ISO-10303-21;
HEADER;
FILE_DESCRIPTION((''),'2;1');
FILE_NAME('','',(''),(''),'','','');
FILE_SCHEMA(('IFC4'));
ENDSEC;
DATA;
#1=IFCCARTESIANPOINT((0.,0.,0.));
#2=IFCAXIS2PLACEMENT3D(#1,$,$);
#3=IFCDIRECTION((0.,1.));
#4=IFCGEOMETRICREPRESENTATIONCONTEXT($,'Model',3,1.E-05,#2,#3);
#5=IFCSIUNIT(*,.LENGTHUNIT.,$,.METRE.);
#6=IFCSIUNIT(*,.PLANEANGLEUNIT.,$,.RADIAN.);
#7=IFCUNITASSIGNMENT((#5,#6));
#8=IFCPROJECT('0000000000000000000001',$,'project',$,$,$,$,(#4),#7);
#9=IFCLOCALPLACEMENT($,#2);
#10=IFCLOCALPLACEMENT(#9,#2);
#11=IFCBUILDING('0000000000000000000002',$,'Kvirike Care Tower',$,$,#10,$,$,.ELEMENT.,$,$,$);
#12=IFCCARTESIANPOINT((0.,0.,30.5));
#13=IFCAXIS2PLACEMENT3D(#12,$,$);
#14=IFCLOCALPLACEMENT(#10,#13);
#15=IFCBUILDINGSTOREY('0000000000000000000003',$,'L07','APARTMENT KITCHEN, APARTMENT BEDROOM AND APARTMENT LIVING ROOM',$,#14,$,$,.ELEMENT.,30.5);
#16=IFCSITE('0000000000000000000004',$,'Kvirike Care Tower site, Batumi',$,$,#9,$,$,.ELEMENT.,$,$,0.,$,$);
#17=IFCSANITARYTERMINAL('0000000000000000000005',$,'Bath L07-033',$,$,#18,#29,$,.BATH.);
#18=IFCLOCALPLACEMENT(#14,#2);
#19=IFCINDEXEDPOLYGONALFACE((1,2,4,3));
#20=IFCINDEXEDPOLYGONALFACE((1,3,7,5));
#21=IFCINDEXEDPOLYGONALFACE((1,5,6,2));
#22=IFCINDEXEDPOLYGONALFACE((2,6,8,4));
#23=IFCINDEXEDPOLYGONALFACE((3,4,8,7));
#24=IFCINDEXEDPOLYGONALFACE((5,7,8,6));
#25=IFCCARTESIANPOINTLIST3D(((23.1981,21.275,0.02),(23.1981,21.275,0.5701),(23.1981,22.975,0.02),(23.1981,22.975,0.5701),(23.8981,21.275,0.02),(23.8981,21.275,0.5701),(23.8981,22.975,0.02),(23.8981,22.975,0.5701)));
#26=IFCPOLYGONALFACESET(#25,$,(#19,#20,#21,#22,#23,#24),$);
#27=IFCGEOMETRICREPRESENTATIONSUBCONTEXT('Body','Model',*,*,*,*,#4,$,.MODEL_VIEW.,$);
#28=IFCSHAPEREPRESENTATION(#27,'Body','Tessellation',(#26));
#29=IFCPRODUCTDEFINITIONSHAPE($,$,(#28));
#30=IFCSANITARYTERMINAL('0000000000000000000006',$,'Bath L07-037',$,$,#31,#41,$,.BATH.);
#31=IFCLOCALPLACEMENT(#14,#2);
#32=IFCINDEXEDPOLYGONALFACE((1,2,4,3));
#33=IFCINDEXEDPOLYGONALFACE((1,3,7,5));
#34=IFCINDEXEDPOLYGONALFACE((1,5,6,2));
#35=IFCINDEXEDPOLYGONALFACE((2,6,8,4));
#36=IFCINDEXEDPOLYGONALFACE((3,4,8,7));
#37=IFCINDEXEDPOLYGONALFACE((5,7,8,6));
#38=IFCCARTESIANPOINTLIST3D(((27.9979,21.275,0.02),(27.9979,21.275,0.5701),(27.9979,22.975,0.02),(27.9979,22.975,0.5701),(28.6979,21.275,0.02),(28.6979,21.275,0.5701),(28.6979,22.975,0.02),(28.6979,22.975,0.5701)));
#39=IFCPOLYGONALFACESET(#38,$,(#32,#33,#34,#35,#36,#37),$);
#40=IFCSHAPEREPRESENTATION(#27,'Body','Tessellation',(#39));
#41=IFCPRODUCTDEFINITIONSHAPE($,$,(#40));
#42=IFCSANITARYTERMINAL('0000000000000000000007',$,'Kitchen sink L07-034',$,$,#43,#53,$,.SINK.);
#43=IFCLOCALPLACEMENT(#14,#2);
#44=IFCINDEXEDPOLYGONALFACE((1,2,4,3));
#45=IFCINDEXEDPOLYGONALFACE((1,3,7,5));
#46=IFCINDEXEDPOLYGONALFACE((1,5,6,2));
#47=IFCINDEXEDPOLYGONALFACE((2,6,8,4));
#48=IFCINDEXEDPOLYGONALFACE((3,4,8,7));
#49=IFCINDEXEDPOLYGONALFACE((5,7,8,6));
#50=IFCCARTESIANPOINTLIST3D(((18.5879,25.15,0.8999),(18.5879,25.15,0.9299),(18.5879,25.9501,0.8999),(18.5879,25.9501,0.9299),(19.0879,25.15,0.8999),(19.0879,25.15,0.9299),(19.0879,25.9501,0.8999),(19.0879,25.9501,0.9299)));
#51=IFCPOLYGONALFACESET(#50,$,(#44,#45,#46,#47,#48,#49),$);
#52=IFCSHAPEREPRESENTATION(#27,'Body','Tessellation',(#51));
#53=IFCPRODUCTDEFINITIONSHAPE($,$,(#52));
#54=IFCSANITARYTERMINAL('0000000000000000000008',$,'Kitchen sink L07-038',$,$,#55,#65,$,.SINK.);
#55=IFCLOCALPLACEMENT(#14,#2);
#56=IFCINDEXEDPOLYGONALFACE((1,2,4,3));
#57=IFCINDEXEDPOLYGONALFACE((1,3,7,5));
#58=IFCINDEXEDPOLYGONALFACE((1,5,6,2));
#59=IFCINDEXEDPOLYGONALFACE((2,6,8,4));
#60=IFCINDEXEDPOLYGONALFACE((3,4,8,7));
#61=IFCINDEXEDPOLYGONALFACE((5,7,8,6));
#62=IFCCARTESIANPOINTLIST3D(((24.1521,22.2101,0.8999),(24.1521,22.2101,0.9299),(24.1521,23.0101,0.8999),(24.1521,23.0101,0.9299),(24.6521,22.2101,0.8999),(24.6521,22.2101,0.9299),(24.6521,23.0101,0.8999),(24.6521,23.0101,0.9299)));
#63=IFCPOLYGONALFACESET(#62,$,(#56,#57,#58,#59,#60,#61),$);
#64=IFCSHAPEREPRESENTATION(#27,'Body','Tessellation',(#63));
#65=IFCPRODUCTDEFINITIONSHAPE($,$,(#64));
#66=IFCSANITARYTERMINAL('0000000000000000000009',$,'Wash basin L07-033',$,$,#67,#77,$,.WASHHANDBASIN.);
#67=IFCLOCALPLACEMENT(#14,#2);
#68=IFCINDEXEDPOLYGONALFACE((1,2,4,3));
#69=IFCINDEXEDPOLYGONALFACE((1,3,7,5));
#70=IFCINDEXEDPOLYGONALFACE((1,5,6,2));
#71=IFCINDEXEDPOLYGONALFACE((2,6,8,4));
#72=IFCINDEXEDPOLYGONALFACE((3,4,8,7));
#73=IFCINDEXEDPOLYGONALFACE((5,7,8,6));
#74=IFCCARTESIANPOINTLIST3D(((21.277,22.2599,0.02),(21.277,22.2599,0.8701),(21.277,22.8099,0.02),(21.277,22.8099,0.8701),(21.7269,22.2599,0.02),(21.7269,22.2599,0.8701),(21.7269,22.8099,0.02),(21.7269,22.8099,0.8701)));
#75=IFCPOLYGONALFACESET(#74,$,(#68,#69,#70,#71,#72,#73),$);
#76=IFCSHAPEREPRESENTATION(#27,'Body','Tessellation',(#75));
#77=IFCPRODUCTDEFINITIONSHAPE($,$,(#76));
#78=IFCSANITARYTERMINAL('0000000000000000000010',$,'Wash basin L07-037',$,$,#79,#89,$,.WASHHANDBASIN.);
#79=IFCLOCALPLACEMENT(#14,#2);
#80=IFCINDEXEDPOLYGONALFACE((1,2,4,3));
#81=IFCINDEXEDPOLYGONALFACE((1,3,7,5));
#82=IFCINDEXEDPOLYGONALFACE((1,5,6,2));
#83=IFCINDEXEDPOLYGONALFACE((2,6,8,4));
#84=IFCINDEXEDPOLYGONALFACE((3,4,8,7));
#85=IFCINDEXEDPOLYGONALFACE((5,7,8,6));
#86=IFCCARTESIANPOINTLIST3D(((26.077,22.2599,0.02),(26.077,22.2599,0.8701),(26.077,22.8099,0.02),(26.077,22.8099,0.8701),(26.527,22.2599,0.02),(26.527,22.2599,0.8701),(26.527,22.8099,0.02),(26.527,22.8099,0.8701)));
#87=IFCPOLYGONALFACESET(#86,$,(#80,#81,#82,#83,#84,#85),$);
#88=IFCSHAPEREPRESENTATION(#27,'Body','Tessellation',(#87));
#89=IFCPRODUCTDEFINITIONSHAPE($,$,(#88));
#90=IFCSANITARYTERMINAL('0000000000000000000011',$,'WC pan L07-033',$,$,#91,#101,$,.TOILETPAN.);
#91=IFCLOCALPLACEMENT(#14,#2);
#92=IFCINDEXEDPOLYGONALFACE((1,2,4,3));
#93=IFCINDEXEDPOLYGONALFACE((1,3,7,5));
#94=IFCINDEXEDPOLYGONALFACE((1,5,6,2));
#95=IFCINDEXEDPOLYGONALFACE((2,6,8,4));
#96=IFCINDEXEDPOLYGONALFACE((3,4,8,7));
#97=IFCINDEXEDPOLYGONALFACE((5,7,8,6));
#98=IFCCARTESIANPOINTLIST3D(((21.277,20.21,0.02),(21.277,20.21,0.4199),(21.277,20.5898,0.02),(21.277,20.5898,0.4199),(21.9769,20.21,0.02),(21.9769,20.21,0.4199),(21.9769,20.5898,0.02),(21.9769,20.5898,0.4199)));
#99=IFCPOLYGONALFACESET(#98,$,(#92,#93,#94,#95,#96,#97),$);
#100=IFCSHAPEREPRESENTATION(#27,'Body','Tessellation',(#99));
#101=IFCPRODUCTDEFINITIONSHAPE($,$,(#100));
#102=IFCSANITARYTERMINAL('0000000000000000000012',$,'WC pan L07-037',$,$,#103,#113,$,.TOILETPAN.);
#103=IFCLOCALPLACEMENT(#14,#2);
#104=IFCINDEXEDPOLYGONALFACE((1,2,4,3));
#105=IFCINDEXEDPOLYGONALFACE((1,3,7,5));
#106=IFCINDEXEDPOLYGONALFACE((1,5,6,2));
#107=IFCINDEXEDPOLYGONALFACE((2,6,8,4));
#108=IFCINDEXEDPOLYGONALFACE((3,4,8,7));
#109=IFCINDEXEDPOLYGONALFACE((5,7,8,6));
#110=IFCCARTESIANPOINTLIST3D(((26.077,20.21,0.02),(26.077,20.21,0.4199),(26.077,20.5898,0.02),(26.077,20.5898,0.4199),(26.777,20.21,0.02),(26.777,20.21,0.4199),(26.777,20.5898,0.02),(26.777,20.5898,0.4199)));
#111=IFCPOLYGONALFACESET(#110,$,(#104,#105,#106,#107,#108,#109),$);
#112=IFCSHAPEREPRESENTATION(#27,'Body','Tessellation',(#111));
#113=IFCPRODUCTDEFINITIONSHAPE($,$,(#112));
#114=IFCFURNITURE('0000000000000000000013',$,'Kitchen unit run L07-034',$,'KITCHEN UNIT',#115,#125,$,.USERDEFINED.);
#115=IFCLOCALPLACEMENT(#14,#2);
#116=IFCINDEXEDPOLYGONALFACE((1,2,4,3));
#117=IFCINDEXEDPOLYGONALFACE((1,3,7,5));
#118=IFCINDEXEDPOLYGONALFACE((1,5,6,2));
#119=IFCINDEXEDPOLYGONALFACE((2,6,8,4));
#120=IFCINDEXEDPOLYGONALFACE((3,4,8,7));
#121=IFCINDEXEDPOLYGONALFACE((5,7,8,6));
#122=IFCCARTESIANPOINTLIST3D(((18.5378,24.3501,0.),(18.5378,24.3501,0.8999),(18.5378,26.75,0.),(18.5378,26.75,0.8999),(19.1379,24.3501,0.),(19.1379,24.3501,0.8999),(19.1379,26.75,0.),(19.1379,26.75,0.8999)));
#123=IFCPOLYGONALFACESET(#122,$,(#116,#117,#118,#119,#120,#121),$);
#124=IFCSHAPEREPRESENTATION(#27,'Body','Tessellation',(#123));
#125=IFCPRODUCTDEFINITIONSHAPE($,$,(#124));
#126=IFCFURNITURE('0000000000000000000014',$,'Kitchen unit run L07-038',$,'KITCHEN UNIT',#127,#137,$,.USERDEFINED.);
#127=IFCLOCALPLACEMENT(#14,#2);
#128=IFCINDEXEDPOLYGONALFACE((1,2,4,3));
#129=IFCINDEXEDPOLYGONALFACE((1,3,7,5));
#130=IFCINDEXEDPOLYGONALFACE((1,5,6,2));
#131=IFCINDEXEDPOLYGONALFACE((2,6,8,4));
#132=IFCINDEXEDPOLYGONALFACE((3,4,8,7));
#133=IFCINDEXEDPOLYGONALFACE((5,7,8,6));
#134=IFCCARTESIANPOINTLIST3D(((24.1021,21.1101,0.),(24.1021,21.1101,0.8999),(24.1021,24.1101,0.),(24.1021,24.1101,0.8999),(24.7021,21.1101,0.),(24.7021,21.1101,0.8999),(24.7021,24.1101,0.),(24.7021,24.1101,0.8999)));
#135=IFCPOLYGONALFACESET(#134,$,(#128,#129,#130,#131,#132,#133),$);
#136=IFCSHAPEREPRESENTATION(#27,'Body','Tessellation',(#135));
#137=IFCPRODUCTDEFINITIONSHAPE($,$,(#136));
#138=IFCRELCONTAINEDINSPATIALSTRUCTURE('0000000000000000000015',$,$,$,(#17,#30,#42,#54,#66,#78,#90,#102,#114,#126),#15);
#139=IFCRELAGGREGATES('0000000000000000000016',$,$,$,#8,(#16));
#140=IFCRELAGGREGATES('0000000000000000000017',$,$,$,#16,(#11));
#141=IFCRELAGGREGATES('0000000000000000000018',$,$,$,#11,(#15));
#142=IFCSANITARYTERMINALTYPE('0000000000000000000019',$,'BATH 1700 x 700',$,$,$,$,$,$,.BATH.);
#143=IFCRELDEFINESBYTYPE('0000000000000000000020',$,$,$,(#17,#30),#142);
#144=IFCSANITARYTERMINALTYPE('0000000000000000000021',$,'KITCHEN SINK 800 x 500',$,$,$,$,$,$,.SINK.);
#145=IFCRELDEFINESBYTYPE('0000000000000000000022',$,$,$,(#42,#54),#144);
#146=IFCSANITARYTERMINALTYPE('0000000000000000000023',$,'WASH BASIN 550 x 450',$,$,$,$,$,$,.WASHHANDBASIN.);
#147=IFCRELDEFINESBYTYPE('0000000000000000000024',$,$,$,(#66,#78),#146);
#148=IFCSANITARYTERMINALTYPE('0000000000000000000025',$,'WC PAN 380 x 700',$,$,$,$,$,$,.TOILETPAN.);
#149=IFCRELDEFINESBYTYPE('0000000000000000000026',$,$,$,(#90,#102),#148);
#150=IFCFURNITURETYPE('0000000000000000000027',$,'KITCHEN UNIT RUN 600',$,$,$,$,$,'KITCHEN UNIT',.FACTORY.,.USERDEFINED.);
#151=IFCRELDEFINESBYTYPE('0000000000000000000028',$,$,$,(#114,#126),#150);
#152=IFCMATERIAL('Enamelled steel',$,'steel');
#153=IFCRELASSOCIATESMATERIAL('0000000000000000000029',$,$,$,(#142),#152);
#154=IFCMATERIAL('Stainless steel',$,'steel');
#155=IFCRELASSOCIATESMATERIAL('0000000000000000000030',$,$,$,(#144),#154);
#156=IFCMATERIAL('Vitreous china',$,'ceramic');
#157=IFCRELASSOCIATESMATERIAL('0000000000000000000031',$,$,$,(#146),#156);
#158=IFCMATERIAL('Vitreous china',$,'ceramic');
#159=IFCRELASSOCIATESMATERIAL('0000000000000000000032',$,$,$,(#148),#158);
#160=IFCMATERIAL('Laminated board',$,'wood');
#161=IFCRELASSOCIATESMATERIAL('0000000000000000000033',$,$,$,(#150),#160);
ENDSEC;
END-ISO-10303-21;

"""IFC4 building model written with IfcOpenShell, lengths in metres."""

from ifc_helpers import new_model, si_unit, direction, frame, origin, origin_2d, place, context, subcontext, project, spatial, rectangle, extrude, material, type_object, element, save


model = new_model("IFC4")

# Units and contexts
model_context = context("Model", 3, precision=1e-05, world=origin(), true_north=direction((0.0, 1.0)))
body_context = subcontext(model_context, "Body", "Model", "MODEL_VIEW")
ifc_project = project(units=[si_unit("LENGTHUNIT", "METRE"), si_unit("PLANEANGLEUNIT", "RADIAN")], contexts=[model_context])

# Site, building, storey
site_placement = place(None, origin())
site = spatial("IfcSite", under=ifc_project, at=site_placement, Name="Kvirike Care Tower site, Batumi", CompositionType="ELEMENT", RefElevation=0.0)
building_placement = place(site_placement, origin())
building = spatial("IfcBuilding", under=site, at=building_placement, Name="Kvirike Care Tower", CompositionType="ELEMENT")
storey_placement = place(building_placement, frame((0.0, 0.0, 30.5)))
storey = spatial("IfcBuildingStorey", under=building, at=storey_placement, Name="L07", Description="APARTMENT KITCHEN, APARTMENT BEDROOM AND APARTMENT LIVING ROOM", CompositionType="ELEMENT", Elevation=30.5)

# Sanitary terminals
ifc_material_1 = material(Name="Enamelled steel", Category="steel")
sanitary_terminal_type_1 = type_object("IfcSanitaryTerminalType", Name="BATH 1700 x 700", PredefinedType="BATH", material=ifc_material_1)
for number, where, z_axis, x_axis, name in (
    (1, (23.5481, 22.125, 0.02), (0.0, 0.0, 1.0), (0.0, -1.0, 0.0), "Bath L07-033"),
    (2, (28.3479, 22.125, 0.02), (0.0, 0.0, 1.0), (0.0, -1.0, 0.0), "Bath L07-037"),
):
    element("IfcSanitaryTerminal", number, at=place(storey_placement, frame(where, z_axis=z_axis, x_axis=x_axis)), inside=storey, type_object=sanitary_terminal_type_1, Name=name, PredefinedType="BATH", context=body_context, shape_type="SweptSolid", body=[
        extrude(rectangle(XDim=1.7, YDim=0.7, at=origin_2d()), origin(), (0.0, 0.0, 1.0), 0.55),
    ])
ifc_material_2 = material(Name="Stainless steel", Category="steel")
sanitary_terminal_type_2 = type_object("IfcSanitaryTerminalType", Name="KITCHEN SINK 800 x 500", PredefinedType="SINK", material=ifc_material_2)
for number, where, z_axis, x_axis, name in (
    (3, (18.8379, 25.55, 0.8999), (0.0, 0.0, 1.0), (0.0, -1.0, 0.0), "Kitchen sink L07-034"),
    (4, (24.4021, 22.6101, 0.8999), (0.0, 0.0, 1.0), (0.0, 1.0, 0.0), "Kitchen sink L07-038"),
):
    element("IfcSanitaryTerminal", number, at=place(storey_placement, frame(where, z_axis=z_axis, x_axis=x_axis)), inside=storey, type_object=sanitary_terminal_type_2, Name=name, PredefinedType="SINK", context=body_context, shape_type="SweptSolid", body=[
        extrude(rectangle(XDim=0.8, YDim=0.5, at=origin_2d()), origin(), (0.0, 0.0, 1.0), 0.03),
    ])
ifc_material_3 = material(Name="Vitreous china", Category="ceramic")
sanitary_terminal_type_3 = type_object("IfcSanitaryTerminalType", Name="WASH BASIN 550 x 450", PredefinedType="WASHHANDBASIN", material=ifc_material_3)
for number, where, z_axis, x_axis, name in (
    (5, (21.502, 22.5349, 0.02), (0.0, 0.0, 1.0), (0.0, 1.0, 0.0), "Wash basin L07-033"),
    (6, (26.302, 22.5349, 0.02), (0.0, 0.0, 1.0), (0.0, 1.0, 0.0), "Wash basin L07-037"),
):
    element("IfcSanitaryTerminal", number, at=place(storey_placement, frame(where, z_axis=z_axis, x_axis=x_axis)), inside=storey, type_object=sanitary_terminal_type_3, Name=name, PredefinedType="WASHHANDBASIN", context=body_context, shape_type="SweptSolid", body=[
        extrude(rectangle(XDim=0.55, YDim=0.45, at=origin_2d()), origin(), (0.0, 0.0, 1.0), 0.8501),
    ])
ifc_material_4 = material(Name="Vitreous china", Category="ceramic")
sanitary_terminal_type_4 = type_object("IfcSanitaryTerminalType", Name="WC PAN 380 x 700", PredefinedType="TOILETPAN", material=ifc_material_4)
for number, where, z_axis, x_axis, name in (
    (7, (21.627, 20.3999, 0.02), (0.0, 0.0, 1.0), (0.0, 1.0, 0.0), "WC pan L07-033"),
    (8, (26.427, 20.3999, 0.02), (0.0, 0.0, 1.0), (0.0, 1.0, 0.0), "WC pan L07-037"),
):
    element("IfcSanitaryTerminal", number, at=place(storey_placement, frame(where, z_axis=z_axis, x_axis=x_axis)), inside=storey, type_object=sanitary_terminal_type_4, Name=name, PredefinedType="TOILETPAN", context=body_context, shape_type="SweptSolid", body=[
        extrude(rectangle(XDim=0.3799, YDim=0.7, at=origin_2d()), origin(), (0.0, 0.0, 1.0), 0.3999),
    ])

# Furniture
ifc_material_5 = material(Name="Laminated board", Category="wood")
furniture_type = type_object("IfcFurnitureType", Name="KITCHEN UNIT RUN 600", ElementType="KITCHEN UNIT", AssemblyPlace="FACTORY", PredefinedType="USERDEFINED", material=ifc_material_5)
furniture_1_placement = place(storey_placement, frame((18.8379, 25.55, 0.0), z_axis=(0.0, 0.0, 1.0), x_axis=(0.0, -1.0, 0.0)))
element("IfcFurniture", 9, at=furniture_1_placement, inside=storey, type_object=furniture_type, Name="Kitchen unit run L07-034", ObjectType="KITCHEN UNIT", PredefinedType="USERDEFINED", context=body_context, shape_type="SweptSolid", body=[
    extrude(rectangle(XDim=2.3999, YDim=0.6001, at=origin_2d()), origin(), (0.0, 0.0, 1.0), 0.8999),
])
furniture_2_placement = place(storey_placement, frame((24.4021, 22.6101, 0.0), z_axis=(0.0, 0.0, 1.0), x_axis=(0.0, 1.0, 0.0)))
element("IfcFurniture", 10, at=furniture_2_placement, inside=storey, type_object=furniture_type, Name="Kitchen unit run L07-038", ObjectType="KITCHEN UNIT", PredefinedType="USERDEFINED", context=body_context, shape_type="SweptSolid", body=[
    extrude(rectangle(XDim=3.0, YDim=0.6001, at=origin_2d()), origin(), (0.0, 0.0, 1.0), 0.8999),
])

save(model, "model.ifc")
